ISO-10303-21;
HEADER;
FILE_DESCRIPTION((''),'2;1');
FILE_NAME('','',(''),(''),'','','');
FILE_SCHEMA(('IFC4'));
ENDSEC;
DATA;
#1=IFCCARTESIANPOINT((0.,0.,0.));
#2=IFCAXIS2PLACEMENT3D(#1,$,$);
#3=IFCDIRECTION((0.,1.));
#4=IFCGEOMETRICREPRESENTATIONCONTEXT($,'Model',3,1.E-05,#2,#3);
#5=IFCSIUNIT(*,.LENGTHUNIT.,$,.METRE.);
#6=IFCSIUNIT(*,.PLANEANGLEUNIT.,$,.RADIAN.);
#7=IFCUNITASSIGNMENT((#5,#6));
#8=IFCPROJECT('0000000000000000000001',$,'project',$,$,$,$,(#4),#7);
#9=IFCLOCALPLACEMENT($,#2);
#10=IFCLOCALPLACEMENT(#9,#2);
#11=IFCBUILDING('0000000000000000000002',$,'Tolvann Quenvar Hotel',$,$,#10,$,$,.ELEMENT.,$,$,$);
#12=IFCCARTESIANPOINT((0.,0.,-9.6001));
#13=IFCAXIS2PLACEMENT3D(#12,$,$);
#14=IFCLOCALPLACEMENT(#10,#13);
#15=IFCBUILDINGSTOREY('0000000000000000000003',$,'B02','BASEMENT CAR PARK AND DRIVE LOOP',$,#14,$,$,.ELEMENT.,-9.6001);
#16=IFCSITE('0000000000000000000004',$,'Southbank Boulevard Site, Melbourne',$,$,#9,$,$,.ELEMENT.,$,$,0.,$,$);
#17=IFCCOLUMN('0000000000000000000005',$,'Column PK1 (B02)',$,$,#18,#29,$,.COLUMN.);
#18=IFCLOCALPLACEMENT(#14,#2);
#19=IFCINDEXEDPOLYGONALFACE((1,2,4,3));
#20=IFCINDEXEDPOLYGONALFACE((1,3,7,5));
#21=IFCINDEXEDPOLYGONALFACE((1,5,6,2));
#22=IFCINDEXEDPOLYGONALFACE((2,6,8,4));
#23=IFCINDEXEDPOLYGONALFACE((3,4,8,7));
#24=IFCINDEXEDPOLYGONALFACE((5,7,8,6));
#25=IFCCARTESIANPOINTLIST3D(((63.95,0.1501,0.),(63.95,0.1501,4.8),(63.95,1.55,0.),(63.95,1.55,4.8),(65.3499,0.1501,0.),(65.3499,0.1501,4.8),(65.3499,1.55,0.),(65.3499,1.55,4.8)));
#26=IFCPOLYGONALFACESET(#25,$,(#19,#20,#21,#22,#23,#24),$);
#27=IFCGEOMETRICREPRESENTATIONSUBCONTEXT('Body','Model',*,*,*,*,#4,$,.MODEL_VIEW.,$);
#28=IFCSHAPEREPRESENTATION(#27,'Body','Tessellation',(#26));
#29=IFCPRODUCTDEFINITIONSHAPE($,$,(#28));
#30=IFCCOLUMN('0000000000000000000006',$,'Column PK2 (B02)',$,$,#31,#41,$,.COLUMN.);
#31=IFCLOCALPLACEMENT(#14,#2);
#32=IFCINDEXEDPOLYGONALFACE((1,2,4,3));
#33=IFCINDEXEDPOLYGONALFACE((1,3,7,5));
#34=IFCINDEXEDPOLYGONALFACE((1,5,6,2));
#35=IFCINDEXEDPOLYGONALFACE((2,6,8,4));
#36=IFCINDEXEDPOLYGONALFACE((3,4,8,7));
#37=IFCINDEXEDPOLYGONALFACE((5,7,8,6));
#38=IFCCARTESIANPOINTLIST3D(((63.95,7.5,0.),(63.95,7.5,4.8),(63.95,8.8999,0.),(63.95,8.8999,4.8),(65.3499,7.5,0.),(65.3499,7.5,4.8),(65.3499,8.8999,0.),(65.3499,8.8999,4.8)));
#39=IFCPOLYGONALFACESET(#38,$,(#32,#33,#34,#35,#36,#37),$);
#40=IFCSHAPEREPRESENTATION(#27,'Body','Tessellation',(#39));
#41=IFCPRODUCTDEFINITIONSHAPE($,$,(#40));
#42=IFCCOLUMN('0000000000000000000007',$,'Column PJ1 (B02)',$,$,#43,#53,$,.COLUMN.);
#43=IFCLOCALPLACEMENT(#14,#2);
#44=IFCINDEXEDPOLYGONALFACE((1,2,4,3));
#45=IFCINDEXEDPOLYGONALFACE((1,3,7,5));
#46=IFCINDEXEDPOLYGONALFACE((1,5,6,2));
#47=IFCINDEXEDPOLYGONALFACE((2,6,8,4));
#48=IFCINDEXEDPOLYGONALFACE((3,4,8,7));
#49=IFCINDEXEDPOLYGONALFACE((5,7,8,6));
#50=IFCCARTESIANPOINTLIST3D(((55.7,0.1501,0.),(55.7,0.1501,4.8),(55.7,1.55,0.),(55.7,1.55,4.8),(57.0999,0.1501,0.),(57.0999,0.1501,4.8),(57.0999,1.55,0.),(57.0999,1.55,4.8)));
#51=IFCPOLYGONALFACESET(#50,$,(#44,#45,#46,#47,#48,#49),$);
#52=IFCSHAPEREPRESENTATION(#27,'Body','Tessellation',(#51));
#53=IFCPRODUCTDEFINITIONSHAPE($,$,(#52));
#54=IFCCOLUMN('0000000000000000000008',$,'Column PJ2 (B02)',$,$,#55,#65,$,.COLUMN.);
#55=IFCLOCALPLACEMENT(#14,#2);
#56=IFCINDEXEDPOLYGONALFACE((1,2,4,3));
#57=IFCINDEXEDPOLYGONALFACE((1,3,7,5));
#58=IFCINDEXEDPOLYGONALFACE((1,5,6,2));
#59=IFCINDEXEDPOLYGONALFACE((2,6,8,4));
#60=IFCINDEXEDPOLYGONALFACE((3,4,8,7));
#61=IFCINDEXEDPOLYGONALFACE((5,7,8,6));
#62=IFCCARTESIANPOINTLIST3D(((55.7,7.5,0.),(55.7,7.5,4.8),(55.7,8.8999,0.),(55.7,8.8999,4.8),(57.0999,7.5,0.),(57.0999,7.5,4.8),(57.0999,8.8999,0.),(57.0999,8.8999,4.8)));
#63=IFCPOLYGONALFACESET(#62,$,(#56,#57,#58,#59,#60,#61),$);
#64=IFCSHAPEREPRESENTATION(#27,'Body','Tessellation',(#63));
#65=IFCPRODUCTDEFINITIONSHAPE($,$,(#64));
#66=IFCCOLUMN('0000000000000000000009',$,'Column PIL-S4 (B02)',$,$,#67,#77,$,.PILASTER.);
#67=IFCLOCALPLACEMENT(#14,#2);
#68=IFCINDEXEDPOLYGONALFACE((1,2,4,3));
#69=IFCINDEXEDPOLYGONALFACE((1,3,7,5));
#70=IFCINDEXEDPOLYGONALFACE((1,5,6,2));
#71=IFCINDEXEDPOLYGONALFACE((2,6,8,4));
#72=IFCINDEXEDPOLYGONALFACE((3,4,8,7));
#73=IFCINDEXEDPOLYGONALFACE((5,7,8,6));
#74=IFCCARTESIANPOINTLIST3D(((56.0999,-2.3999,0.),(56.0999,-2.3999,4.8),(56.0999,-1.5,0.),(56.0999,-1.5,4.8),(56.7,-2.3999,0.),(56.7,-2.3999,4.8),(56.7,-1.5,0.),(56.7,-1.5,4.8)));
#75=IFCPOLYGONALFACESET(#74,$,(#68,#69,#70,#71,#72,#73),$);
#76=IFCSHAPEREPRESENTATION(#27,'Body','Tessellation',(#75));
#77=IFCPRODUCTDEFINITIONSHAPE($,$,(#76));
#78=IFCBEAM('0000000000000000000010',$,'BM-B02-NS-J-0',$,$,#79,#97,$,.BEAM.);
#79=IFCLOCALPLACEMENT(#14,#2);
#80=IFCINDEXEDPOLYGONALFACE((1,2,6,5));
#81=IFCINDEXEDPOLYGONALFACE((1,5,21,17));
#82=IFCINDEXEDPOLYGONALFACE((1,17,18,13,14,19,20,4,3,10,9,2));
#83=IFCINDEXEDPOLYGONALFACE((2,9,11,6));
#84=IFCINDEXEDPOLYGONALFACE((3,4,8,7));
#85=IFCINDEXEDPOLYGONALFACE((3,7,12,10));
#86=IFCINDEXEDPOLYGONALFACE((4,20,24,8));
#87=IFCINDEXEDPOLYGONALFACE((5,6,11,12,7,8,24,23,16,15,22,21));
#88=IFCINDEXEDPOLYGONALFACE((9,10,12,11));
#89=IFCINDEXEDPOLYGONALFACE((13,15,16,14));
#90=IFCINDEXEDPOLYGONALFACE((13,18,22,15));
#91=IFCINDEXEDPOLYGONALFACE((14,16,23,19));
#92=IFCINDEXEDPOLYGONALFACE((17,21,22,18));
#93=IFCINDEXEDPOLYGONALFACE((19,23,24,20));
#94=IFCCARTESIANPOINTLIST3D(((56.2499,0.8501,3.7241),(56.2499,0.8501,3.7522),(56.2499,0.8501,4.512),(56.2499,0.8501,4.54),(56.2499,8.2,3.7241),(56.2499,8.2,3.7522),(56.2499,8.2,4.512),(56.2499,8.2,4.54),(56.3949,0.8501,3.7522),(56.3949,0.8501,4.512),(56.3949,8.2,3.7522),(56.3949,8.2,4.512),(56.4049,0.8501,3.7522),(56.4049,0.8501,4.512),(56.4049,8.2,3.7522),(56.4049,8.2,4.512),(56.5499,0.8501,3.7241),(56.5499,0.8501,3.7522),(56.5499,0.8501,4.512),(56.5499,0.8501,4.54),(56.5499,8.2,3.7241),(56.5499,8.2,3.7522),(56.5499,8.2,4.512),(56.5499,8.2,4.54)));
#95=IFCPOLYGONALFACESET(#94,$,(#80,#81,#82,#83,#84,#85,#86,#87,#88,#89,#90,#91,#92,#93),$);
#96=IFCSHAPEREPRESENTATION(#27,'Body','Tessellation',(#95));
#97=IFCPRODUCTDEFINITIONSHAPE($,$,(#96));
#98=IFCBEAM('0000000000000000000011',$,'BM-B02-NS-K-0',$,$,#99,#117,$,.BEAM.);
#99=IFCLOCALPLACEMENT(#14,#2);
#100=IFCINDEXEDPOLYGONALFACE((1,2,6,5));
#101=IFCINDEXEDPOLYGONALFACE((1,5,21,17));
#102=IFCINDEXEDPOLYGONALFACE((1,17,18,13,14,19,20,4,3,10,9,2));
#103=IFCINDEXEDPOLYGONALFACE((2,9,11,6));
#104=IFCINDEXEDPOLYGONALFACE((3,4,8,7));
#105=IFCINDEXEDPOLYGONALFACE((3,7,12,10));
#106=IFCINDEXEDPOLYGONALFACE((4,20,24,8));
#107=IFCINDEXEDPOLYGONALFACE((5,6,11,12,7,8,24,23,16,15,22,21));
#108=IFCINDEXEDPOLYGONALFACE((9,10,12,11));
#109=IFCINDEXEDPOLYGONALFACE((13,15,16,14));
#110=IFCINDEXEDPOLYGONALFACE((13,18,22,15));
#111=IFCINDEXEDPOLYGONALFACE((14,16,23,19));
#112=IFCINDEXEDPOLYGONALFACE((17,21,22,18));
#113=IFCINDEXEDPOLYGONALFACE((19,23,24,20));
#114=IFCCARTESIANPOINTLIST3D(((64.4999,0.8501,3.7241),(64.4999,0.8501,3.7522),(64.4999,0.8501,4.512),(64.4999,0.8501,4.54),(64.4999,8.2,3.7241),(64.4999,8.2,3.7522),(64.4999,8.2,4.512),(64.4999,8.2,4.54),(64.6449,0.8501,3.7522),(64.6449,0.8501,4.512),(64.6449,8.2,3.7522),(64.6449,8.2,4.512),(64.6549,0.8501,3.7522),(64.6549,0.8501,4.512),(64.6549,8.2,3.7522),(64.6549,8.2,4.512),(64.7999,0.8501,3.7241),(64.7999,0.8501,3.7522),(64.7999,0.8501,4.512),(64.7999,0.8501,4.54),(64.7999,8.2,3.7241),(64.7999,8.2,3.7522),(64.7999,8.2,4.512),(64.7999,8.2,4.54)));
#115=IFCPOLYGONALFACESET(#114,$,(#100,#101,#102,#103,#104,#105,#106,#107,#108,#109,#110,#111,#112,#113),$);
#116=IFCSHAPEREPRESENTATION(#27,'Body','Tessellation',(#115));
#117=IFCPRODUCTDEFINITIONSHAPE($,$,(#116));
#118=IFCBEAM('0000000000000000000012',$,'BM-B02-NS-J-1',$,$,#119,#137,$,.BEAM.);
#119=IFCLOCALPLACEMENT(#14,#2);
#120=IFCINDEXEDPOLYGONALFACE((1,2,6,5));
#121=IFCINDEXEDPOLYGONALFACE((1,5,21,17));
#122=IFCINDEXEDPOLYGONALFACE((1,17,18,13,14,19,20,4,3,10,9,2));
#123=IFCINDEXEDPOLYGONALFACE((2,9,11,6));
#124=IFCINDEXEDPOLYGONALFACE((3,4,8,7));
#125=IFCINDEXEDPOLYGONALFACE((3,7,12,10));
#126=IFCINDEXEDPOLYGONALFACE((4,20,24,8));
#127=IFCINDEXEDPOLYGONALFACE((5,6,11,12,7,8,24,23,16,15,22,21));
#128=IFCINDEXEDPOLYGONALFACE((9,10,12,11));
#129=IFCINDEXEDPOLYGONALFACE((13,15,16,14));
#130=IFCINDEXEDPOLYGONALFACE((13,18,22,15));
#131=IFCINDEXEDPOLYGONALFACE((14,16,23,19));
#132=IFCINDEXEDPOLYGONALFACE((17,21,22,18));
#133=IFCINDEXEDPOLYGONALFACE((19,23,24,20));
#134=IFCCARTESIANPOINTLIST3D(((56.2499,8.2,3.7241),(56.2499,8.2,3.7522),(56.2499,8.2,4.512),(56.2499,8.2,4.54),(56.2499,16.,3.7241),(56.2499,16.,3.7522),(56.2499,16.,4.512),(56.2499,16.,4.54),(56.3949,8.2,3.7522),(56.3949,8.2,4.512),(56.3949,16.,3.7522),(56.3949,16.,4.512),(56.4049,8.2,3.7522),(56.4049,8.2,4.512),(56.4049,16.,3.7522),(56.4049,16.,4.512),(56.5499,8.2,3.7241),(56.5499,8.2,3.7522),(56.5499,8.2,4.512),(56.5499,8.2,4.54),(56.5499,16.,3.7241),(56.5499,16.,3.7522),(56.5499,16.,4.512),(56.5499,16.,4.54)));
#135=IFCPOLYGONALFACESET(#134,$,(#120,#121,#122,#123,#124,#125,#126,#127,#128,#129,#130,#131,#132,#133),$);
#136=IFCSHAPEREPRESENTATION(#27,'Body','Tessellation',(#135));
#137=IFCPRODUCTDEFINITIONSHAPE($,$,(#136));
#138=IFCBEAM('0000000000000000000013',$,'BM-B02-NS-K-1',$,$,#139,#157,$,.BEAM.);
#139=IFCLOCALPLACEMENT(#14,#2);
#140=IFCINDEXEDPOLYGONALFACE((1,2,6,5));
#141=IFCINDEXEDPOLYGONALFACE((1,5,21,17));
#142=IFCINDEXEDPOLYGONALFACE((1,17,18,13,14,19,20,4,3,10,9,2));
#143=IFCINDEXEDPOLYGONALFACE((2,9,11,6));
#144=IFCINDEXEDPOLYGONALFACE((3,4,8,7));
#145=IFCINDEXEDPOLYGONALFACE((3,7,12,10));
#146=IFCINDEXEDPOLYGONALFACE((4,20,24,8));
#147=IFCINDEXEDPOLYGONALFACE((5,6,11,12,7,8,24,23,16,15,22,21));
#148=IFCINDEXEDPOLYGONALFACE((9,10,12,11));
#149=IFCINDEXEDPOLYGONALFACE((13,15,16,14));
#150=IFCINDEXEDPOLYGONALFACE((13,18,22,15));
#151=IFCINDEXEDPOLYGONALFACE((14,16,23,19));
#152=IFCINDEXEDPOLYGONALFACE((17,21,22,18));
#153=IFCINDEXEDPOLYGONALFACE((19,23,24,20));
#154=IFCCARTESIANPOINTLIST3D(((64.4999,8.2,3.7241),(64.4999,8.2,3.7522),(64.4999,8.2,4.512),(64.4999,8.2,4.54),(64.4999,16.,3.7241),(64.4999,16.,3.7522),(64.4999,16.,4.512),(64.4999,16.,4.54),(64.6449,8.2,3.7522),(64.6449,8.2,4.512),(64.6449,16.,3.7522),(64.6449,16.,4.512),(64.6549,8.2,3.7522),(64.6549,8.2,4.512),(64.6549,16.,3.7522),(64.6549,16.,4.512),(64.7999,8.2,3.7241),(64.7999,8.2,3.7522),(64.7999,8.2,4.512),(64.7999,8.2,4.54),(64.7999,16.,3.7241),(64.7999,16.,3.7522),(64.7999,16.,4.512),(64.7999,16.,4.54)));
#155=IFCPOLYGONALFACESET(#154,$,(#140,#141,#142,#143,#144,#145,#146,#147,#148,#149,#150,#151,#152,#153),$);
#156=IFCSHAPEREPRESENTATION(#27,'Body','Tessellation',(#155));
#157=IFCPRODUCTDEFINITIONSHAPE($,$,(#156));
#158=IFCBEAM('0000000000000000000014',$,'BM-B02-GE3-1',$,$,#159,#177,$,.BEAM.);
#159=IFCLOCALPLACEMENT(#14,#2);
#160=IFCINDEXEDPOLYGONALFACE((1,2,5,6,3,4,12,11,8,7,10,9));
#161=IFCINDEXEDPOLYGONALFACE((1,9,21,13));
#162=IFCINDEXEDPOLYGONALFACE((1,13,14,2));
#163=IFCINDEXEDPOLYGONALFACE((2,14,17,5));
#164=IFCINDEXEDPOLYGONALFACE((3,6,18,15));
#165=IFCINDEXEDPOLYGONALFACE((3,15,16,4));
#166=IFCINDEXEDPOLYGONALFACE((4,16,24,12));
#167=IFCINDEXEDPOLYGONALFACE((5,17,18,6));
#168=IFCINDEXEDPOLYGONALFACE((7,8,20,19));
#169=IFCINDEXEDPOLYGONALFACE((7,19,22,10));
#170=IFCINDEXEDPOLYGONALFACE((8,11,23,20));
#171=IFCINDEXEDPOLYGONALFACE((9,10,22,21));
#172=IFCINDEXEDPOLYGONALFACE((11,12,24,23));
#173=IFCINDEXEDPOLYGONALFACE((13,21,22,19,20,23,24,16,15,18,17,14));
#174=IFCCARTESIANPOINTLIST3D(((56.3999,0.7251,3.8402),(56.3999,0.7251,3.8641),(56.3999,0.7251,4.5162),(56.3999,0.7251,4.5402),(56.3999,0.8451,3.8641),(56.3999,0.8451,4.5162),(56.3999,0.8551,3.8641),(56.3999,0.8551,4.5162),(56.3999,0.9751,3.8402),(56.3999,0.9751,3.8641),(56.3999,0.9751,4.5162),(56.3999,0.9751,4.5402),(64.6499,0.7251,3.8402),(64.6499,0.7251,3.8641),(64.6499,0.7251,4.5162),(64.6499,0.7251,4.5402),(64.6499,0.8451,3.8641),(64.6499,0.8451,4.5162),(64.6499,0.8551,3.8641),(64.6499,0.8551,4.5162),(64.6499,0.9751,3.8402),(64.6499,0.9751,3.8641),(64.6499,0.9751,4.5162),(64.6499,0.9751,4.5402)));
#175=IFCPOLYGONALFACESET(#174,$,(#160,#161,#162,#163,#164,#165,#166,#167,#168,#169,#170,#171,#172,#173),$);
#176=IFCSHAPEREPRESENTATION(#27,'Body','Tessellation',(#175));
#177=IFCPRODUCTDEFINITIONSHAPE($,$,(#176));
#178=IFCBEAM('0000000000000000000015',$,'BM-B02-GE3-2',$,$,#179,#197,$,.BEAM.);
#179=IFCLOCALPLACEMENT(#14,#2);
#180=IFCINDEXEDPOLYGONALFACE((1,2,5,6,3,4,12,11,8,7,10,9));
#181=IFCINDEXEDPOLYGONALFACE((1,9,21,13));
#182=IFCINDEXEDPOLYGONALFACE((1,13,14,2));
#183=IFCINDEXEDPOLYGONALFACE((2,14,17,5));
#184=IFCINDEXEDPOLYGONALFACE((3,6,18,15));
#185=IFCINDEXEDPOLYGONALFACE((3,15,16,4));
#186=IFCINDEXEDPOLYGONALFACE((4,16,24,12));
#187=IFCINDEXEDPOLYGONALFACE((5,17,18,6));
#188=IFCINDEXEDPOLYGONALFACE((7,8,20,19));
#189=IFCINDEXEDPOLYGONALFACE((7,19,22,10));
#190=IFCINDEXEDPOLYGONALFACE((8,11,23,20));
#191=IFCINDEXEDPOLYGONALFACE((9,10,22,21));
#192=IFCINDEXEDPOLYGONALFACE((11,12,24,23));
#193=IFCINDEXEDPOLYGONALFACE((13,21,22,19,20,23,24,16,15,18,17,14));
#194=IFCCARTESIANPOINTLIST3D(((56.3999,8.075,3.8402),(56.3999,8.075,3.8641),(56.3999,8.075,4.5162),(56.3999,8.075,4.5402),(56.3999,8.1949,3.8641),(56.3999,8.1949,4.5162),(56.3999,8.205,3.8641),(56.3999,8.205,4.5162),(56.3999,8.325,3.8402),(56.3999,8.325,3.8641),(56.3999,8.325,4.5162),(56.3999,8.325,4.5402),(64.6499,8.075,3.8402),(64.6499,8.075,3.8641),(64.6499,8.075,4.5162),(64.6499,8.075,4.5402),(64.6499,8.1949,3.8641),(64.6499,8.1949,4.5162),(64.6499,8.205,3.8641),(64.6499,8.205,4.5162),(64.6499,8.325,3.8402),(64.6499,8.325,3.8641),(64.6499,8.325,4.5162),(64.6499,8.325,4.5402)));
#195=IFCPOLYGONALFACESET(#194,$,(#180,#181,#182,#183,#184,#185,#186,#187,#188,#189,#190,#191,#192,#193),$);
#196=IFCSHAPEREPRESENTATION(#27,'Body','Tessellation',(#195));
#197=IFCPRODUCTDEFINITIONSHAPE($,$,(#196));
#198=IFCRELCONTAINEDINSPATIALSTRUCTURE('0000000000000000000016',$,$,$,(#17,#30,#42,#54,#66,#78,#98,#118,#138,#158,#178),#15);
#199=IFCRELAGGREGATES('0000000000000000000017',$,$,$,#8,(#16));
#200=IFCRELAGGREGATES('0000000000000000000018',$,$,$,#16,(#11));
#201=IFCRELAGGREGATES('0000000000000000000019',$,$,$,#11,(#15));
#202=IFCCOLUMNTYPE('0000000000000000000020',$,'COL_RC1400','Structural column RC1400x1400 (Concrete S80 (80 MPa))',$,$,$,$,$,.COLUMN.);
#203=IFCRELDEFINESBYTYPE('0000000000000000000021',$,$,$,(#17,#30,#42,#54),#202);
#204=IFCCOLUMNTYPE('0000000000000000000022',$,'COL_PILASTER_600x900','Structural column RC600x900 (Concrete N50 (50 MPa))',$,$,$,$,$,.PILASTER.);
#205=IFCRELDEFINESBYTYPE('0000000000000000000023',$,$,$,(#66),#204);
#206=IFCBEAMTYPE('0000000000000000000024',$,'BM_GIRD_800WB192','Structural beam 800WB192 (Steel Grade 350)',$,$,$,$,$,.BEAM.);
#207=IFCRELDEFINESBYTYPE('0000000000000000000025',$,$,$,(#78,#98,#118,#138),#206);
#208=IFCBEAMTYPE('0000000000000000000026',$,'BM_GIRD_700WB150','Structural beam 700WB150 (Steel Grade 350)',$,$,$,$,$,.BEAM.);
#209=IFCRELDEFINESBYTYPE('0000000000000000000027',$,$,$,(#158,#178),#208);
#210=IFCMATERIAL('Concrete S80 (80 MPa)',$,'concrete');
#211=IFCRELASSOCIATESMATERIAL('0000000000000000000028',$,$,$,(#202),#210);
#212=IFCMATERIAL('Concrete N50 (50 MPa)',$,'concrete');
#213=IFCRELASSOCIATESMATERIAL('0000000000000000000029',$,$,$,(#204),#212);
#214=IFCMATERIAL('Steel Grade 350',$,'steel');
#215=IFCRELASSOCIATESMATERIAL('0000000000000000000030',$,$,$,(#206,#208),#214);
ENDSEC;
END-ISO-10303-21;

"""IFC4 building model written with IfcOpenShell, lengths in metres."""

from ifc_helpers import new_model, si_unit, direction, frame, origin, origin_2d, place, context, subcontext, project, spatial, rectangle, i_section, extrude, source, transform, mapped, material, material_profile, profile_set, type_object, type_shapes, element, save


model = new_model("IFC4")

# Units and contexts
model_context = context("Model", 3, precision=1e-05, world=origin(), true_north=direction((0.0, 1.0)))
body_context = subcontext(model_context, "Body", "Model", "MODEL_VIEW")
ifc_project = project(units=[si_unit("LENGTHUNIT", "METRE"), si_unit("PLANEANGLEUNIT", "RADIAN")], contexts=[model_context])

# Site, building, storey
site_placement = place(None, origin())
site = spatial("IfcSite", under=ifc_project, at=site_placement, Name="Southbank Boulevard Site, Melbourne", CompositionType="ELEMENT", RefElevation=0.0)
building_placement = place(site_placement, origin())
building = spatial("IfcBuilding", under=site, at=building_placement, Name="Tolvann Quenvar Hotel", CompositionType="ELEMENT")
storey_placement = place(building_placement, frame((0.0, 0.0, -9.6001)))
storey = spatial("IfcBuildingStorey", under=building, at=storey_placement, Name="B02", Description="BASEMENT CAR PARK AND DRIVE LOOP", CompositionType="ELEMENT", Elevation=-9.6001)

# Columns
ifc_material_1 = material(Name="Concrete S80 (80 MPa)", Category="concrete")
ifc_material_profile_1 = material_profile(ifc_material_1, rectangle(XDim=1.3999, YDim=1.3999, at=origin_2d()), Name="RC1400x1400")
ifc_profile_set_1 = profile_set([ifc_material_profile_1], Name="Concrete S80 (80 MPa)")
column_type_1 = type_object("IfcColumnType", Name="COL_RC1400", Description="Structural column RC1400x1400 (Concrete S80 (80 MPa))", PredefinedType="COLUMN", material=ifc_profile_set_1)
shared_shape_1 = source(origin(), body_context, "Body", "SweptSolid", [
    extrude(rectangle(XDim=1.3999, YDim=1.3999, at=origin_2d()), origin(), (0.0, 0.0, 1.0), 4.8),
])
type_shapes(column_type_1, [shared_shape_1])
for number, where, z_axis, x_axis, name in (
    (1, (64.6499, 0.8501, 0.0), (0.0, 0.0, 1.0), (1.0, 0.0, 0.0), "Column PK1 (B02)"),
    (2, (64.6499, 8.2, 0.0), (0.0, 0.0, 1.0), (1.0, 0.0, 0.0), "Column PK2 (B02)"),
    (3, (56.3999, 0.8501, 0.0), (0.0, 0.0, 1.0), (1.0, 0.0, 0.0), "Column PJ1 (B02)"),
    (4, (56.3999, 8.2, 0.0), (0.0, 0.0, 1.0), (1.0, 0.0, 0.0), "Column PJ2 (B02)"),
):
    element("IfcColumn", number, at=place(storey_placement, frame(where, z_axis=z_axis, x_axis=x_axis)), inside=storey, type_object=column_type_1, Name=name, PredefinedType="COLUMN", context=body_context, shape_type="MappedRepresentation", body=[
        mapped(shared_shape_1, transform((0.0, 0.0, 0.0), x_axis=(1.0, 0.0, 0.0), y_axis=(0.0, 1.0, 0.0), z_axis=(0.0, 0.0, 1.0), scale=1.0)),
    ])
ifc_material_2 = material(Name="Concrete N50 (50 MPa)", Category="concrete")
ifc_material_profile_2 = material_profile(ifc_material_2, rectangle(XDim=0.6001, YDim=0.8999, at=origin_2d()), Name="RC600x900")
ifc_profile_set_2 = profile_set([ifc_material_profile_2], Name="Concrete N50 (50 MPa)")
column_type_2 = type_object("IfcColumnType", Name="COL_PILASTER_600x900", Description="Structural column RC600x900 (Concrete N50 (50 MPa))", PredefinedType="PILASTER", material=ifc_profile_set_2)
shared_shape_2 = source(origin(), body_context, "Body", "SweptSolid", [
    extrude(rectangle(XDim=0.6001, YDim=0.8999, at=origin_2d()), origin(), (0.0, 0.0, 1.0), 4.8),
])
type_shapes(column_type_2, [shared_shape_2])
column_placement = place(storey_placement, frame((56.3999, -1.95, 0.0), z_axis=(0.0, 0.0, 1.0), x_axis=(1.0, 0.0, 0.0)))
element("IfcColumn", 5, at=column_placement, inside=storey, type_object=column_type_2, Name="Column PIL-S4 (B02)", PredefinedType="PILASTER", context=body_context, shape_type="MappedRepresentation", body=[
    mapped(shared_shape_2, transform((0.0, 0.0, 0.0), x_axis=(1.0, 0.0, 0.0), y_axis=(0.0, 1.0, 0.0), z_axis=(0.0, 0.0, 1.0), scale=1.0)),
])

# Beams
ifc_material_3 = material(Name="Steel Grade 350", Category="steel")
ifc_material_profile_3 = material_profile(ifc_material_3, i_section(OverallWidth=0.3, OverallDepth=0.8159, WebThickness=0.01, FlangeThickness=0.0281, at=origin_2d()), Name="800WB192")
ifc_profile_set_3 = profile_set([ifc_material_profile_3], Name="Steel Grade 350")
beam_type_1 = type_object("IfcBeamType", Name="BM_GIRD_800WB192", Description="Structural beam 800WB192 (Steel Grade 350)", PredefinedType="BEAM", material=ifc_profile_set_3)
shared_shape_3 = source(origin(), body_context, "Body", "SweptSolid", [
    extrude(i_section(OverallWidth=0.3, OverallDepth=0.8159, WebThickness=0.01, FlangeThickness=0.0281, at=origin_2d()), origin(), (0.0, 0.0, 1.0), 7.3499),
])
for number, where, z_axis, x_axis, name in (
    (6, (56.3999, 0.8501, 4.1321), (0.0, 1.0, 0.0), (-1.0, 0.0, 0.0), "BM-B02-NS-J-0"),
    (7, (64.6499, 0.8501, 4.1321), (0.0, 1.0, 0.0), (-1.0, 0.0, 0.0), "BM-B02-NS-K-0"),
):
    element("IfcBeam", number, at=place(storey_placement, frame(where, z_axis=z_axis, x_axis=x_axis)), inside=storey, type_object=beam_type_1, Name=name, PredefinedType="BEAM", context=body_context, shape_type="MappedRepresentation", body=[
        mapped(shared_shape_3, transform((0.0, 0.0, 0.0), x_axis=(1.0, 0.0, 0.0), y_axis=(0.0, 1.0, 0.0), z_axis=(0.0, 0.0, 1.0), scale=1.0)),
    ])
shared_shape_4 = source(origin(), body_context, "Body", "SweptSolid", [
    extrude(i_section(OverallWidth=0.3, OverallDepth=0.8159, WebThickness=0.01, FlangeThickness=0.0281, at=origin_2d()), origin(), (0.0, 0.0, 1.0), 7.8),
])
type_shapes(beam_type_1, [shared_shape_3, shared_shape_4])
for number, where, z_axis, x_axis, name in (
    (8, (56.3999, 8.2, 4.1321), (0.0, 1.0, 0.0), (-1.0, 0.0, 0.0), "BM-B02-NS-J-1"),
    (9, (64.6499, 8.2, 4.1321), (0.0, 1.0, 0.0), (-1.0, 0.0, 0.0), "BM-B02-NS-K-1"),
):
    element("IfcBeam", number, at=place(storey_placement, frame(where, z_axis=z_axis, x_axis=x_axis)), inside=storey, type_object=beam_type_1, Name=name, PredefinedType="BEAM", context=body_context, shape_type="MappedRepresentation", body=[
        mapped(shared_shape_4, transform((0.0, 0.0, 0.0), x_axis=(1.0, 0.0, 0.0), y_axis=(0.0, 1.0, 0.0), z_axis=(0.0, 0.0, 1.0), scale=1.0)),
    ])
ifc_material_profile_4 = material_profile(ifc_material_3, i_section(OverallWidth=0.25, OverallDepth=0.7, WebThickness=0.01, FlangeThickness=0.0239, at=origin_2d()), Name="700WB150")
ifc_profile_set_4 = profile_set([ifc_material_profile_4], Name="Steel Grade 350")
beam_type_2 = type_object("IfcBeamType", Name="BM_GIRD_700WB150", Description="Structural beam 700WB150 (Steel Grade 350)", PredefinedType="BEAM", material=ifc_profile_set_4)
shared_shape_5 = source(origin(), body_context, "Body", "SweptSolid", [
    extrude(i_section(OverallWidth=0.25, OverallDepth=0.7, WebThickness=0.01, FlangeThickness=0.0239, at=origin_2d()), origin(), (0.0, 0.0, 1.0), 8.25),
])
for number, where, z_axis, x_axis, name in (
    (10, (56.3999, 0.8501, 4.1902), (1.0, 0.0, 0.0), (0.0, 1.0, 0.0), "BM-B02-GE3-1"),
    (11, (56.3999, 8.2, 4.1902), (1.0, 0.0, 0.0), (0.0, 1.0, 0.0), "BM-B02-GE3-2"),
):
    element("IfcBeam", number, at=place(storey_placement, frame(where, z_axis=z_axis, x_axis=x_axis)), inside=storey, type_object=beam_type_2, Name=name, PredefinedType="BEAM", context=body_context, shape_type="MappedRepresentation", body=[
        mapped(shared_shape_5, transform((0.0, 0.0, 0.0), x_axis=(1.0, 0.0, 0.0), y_axis=(0.0, 1.0, 0.0), z_axis=(0.0, 0.0, 1.0), scale=1.0)),
    ])

save(model, "model.ifc")
